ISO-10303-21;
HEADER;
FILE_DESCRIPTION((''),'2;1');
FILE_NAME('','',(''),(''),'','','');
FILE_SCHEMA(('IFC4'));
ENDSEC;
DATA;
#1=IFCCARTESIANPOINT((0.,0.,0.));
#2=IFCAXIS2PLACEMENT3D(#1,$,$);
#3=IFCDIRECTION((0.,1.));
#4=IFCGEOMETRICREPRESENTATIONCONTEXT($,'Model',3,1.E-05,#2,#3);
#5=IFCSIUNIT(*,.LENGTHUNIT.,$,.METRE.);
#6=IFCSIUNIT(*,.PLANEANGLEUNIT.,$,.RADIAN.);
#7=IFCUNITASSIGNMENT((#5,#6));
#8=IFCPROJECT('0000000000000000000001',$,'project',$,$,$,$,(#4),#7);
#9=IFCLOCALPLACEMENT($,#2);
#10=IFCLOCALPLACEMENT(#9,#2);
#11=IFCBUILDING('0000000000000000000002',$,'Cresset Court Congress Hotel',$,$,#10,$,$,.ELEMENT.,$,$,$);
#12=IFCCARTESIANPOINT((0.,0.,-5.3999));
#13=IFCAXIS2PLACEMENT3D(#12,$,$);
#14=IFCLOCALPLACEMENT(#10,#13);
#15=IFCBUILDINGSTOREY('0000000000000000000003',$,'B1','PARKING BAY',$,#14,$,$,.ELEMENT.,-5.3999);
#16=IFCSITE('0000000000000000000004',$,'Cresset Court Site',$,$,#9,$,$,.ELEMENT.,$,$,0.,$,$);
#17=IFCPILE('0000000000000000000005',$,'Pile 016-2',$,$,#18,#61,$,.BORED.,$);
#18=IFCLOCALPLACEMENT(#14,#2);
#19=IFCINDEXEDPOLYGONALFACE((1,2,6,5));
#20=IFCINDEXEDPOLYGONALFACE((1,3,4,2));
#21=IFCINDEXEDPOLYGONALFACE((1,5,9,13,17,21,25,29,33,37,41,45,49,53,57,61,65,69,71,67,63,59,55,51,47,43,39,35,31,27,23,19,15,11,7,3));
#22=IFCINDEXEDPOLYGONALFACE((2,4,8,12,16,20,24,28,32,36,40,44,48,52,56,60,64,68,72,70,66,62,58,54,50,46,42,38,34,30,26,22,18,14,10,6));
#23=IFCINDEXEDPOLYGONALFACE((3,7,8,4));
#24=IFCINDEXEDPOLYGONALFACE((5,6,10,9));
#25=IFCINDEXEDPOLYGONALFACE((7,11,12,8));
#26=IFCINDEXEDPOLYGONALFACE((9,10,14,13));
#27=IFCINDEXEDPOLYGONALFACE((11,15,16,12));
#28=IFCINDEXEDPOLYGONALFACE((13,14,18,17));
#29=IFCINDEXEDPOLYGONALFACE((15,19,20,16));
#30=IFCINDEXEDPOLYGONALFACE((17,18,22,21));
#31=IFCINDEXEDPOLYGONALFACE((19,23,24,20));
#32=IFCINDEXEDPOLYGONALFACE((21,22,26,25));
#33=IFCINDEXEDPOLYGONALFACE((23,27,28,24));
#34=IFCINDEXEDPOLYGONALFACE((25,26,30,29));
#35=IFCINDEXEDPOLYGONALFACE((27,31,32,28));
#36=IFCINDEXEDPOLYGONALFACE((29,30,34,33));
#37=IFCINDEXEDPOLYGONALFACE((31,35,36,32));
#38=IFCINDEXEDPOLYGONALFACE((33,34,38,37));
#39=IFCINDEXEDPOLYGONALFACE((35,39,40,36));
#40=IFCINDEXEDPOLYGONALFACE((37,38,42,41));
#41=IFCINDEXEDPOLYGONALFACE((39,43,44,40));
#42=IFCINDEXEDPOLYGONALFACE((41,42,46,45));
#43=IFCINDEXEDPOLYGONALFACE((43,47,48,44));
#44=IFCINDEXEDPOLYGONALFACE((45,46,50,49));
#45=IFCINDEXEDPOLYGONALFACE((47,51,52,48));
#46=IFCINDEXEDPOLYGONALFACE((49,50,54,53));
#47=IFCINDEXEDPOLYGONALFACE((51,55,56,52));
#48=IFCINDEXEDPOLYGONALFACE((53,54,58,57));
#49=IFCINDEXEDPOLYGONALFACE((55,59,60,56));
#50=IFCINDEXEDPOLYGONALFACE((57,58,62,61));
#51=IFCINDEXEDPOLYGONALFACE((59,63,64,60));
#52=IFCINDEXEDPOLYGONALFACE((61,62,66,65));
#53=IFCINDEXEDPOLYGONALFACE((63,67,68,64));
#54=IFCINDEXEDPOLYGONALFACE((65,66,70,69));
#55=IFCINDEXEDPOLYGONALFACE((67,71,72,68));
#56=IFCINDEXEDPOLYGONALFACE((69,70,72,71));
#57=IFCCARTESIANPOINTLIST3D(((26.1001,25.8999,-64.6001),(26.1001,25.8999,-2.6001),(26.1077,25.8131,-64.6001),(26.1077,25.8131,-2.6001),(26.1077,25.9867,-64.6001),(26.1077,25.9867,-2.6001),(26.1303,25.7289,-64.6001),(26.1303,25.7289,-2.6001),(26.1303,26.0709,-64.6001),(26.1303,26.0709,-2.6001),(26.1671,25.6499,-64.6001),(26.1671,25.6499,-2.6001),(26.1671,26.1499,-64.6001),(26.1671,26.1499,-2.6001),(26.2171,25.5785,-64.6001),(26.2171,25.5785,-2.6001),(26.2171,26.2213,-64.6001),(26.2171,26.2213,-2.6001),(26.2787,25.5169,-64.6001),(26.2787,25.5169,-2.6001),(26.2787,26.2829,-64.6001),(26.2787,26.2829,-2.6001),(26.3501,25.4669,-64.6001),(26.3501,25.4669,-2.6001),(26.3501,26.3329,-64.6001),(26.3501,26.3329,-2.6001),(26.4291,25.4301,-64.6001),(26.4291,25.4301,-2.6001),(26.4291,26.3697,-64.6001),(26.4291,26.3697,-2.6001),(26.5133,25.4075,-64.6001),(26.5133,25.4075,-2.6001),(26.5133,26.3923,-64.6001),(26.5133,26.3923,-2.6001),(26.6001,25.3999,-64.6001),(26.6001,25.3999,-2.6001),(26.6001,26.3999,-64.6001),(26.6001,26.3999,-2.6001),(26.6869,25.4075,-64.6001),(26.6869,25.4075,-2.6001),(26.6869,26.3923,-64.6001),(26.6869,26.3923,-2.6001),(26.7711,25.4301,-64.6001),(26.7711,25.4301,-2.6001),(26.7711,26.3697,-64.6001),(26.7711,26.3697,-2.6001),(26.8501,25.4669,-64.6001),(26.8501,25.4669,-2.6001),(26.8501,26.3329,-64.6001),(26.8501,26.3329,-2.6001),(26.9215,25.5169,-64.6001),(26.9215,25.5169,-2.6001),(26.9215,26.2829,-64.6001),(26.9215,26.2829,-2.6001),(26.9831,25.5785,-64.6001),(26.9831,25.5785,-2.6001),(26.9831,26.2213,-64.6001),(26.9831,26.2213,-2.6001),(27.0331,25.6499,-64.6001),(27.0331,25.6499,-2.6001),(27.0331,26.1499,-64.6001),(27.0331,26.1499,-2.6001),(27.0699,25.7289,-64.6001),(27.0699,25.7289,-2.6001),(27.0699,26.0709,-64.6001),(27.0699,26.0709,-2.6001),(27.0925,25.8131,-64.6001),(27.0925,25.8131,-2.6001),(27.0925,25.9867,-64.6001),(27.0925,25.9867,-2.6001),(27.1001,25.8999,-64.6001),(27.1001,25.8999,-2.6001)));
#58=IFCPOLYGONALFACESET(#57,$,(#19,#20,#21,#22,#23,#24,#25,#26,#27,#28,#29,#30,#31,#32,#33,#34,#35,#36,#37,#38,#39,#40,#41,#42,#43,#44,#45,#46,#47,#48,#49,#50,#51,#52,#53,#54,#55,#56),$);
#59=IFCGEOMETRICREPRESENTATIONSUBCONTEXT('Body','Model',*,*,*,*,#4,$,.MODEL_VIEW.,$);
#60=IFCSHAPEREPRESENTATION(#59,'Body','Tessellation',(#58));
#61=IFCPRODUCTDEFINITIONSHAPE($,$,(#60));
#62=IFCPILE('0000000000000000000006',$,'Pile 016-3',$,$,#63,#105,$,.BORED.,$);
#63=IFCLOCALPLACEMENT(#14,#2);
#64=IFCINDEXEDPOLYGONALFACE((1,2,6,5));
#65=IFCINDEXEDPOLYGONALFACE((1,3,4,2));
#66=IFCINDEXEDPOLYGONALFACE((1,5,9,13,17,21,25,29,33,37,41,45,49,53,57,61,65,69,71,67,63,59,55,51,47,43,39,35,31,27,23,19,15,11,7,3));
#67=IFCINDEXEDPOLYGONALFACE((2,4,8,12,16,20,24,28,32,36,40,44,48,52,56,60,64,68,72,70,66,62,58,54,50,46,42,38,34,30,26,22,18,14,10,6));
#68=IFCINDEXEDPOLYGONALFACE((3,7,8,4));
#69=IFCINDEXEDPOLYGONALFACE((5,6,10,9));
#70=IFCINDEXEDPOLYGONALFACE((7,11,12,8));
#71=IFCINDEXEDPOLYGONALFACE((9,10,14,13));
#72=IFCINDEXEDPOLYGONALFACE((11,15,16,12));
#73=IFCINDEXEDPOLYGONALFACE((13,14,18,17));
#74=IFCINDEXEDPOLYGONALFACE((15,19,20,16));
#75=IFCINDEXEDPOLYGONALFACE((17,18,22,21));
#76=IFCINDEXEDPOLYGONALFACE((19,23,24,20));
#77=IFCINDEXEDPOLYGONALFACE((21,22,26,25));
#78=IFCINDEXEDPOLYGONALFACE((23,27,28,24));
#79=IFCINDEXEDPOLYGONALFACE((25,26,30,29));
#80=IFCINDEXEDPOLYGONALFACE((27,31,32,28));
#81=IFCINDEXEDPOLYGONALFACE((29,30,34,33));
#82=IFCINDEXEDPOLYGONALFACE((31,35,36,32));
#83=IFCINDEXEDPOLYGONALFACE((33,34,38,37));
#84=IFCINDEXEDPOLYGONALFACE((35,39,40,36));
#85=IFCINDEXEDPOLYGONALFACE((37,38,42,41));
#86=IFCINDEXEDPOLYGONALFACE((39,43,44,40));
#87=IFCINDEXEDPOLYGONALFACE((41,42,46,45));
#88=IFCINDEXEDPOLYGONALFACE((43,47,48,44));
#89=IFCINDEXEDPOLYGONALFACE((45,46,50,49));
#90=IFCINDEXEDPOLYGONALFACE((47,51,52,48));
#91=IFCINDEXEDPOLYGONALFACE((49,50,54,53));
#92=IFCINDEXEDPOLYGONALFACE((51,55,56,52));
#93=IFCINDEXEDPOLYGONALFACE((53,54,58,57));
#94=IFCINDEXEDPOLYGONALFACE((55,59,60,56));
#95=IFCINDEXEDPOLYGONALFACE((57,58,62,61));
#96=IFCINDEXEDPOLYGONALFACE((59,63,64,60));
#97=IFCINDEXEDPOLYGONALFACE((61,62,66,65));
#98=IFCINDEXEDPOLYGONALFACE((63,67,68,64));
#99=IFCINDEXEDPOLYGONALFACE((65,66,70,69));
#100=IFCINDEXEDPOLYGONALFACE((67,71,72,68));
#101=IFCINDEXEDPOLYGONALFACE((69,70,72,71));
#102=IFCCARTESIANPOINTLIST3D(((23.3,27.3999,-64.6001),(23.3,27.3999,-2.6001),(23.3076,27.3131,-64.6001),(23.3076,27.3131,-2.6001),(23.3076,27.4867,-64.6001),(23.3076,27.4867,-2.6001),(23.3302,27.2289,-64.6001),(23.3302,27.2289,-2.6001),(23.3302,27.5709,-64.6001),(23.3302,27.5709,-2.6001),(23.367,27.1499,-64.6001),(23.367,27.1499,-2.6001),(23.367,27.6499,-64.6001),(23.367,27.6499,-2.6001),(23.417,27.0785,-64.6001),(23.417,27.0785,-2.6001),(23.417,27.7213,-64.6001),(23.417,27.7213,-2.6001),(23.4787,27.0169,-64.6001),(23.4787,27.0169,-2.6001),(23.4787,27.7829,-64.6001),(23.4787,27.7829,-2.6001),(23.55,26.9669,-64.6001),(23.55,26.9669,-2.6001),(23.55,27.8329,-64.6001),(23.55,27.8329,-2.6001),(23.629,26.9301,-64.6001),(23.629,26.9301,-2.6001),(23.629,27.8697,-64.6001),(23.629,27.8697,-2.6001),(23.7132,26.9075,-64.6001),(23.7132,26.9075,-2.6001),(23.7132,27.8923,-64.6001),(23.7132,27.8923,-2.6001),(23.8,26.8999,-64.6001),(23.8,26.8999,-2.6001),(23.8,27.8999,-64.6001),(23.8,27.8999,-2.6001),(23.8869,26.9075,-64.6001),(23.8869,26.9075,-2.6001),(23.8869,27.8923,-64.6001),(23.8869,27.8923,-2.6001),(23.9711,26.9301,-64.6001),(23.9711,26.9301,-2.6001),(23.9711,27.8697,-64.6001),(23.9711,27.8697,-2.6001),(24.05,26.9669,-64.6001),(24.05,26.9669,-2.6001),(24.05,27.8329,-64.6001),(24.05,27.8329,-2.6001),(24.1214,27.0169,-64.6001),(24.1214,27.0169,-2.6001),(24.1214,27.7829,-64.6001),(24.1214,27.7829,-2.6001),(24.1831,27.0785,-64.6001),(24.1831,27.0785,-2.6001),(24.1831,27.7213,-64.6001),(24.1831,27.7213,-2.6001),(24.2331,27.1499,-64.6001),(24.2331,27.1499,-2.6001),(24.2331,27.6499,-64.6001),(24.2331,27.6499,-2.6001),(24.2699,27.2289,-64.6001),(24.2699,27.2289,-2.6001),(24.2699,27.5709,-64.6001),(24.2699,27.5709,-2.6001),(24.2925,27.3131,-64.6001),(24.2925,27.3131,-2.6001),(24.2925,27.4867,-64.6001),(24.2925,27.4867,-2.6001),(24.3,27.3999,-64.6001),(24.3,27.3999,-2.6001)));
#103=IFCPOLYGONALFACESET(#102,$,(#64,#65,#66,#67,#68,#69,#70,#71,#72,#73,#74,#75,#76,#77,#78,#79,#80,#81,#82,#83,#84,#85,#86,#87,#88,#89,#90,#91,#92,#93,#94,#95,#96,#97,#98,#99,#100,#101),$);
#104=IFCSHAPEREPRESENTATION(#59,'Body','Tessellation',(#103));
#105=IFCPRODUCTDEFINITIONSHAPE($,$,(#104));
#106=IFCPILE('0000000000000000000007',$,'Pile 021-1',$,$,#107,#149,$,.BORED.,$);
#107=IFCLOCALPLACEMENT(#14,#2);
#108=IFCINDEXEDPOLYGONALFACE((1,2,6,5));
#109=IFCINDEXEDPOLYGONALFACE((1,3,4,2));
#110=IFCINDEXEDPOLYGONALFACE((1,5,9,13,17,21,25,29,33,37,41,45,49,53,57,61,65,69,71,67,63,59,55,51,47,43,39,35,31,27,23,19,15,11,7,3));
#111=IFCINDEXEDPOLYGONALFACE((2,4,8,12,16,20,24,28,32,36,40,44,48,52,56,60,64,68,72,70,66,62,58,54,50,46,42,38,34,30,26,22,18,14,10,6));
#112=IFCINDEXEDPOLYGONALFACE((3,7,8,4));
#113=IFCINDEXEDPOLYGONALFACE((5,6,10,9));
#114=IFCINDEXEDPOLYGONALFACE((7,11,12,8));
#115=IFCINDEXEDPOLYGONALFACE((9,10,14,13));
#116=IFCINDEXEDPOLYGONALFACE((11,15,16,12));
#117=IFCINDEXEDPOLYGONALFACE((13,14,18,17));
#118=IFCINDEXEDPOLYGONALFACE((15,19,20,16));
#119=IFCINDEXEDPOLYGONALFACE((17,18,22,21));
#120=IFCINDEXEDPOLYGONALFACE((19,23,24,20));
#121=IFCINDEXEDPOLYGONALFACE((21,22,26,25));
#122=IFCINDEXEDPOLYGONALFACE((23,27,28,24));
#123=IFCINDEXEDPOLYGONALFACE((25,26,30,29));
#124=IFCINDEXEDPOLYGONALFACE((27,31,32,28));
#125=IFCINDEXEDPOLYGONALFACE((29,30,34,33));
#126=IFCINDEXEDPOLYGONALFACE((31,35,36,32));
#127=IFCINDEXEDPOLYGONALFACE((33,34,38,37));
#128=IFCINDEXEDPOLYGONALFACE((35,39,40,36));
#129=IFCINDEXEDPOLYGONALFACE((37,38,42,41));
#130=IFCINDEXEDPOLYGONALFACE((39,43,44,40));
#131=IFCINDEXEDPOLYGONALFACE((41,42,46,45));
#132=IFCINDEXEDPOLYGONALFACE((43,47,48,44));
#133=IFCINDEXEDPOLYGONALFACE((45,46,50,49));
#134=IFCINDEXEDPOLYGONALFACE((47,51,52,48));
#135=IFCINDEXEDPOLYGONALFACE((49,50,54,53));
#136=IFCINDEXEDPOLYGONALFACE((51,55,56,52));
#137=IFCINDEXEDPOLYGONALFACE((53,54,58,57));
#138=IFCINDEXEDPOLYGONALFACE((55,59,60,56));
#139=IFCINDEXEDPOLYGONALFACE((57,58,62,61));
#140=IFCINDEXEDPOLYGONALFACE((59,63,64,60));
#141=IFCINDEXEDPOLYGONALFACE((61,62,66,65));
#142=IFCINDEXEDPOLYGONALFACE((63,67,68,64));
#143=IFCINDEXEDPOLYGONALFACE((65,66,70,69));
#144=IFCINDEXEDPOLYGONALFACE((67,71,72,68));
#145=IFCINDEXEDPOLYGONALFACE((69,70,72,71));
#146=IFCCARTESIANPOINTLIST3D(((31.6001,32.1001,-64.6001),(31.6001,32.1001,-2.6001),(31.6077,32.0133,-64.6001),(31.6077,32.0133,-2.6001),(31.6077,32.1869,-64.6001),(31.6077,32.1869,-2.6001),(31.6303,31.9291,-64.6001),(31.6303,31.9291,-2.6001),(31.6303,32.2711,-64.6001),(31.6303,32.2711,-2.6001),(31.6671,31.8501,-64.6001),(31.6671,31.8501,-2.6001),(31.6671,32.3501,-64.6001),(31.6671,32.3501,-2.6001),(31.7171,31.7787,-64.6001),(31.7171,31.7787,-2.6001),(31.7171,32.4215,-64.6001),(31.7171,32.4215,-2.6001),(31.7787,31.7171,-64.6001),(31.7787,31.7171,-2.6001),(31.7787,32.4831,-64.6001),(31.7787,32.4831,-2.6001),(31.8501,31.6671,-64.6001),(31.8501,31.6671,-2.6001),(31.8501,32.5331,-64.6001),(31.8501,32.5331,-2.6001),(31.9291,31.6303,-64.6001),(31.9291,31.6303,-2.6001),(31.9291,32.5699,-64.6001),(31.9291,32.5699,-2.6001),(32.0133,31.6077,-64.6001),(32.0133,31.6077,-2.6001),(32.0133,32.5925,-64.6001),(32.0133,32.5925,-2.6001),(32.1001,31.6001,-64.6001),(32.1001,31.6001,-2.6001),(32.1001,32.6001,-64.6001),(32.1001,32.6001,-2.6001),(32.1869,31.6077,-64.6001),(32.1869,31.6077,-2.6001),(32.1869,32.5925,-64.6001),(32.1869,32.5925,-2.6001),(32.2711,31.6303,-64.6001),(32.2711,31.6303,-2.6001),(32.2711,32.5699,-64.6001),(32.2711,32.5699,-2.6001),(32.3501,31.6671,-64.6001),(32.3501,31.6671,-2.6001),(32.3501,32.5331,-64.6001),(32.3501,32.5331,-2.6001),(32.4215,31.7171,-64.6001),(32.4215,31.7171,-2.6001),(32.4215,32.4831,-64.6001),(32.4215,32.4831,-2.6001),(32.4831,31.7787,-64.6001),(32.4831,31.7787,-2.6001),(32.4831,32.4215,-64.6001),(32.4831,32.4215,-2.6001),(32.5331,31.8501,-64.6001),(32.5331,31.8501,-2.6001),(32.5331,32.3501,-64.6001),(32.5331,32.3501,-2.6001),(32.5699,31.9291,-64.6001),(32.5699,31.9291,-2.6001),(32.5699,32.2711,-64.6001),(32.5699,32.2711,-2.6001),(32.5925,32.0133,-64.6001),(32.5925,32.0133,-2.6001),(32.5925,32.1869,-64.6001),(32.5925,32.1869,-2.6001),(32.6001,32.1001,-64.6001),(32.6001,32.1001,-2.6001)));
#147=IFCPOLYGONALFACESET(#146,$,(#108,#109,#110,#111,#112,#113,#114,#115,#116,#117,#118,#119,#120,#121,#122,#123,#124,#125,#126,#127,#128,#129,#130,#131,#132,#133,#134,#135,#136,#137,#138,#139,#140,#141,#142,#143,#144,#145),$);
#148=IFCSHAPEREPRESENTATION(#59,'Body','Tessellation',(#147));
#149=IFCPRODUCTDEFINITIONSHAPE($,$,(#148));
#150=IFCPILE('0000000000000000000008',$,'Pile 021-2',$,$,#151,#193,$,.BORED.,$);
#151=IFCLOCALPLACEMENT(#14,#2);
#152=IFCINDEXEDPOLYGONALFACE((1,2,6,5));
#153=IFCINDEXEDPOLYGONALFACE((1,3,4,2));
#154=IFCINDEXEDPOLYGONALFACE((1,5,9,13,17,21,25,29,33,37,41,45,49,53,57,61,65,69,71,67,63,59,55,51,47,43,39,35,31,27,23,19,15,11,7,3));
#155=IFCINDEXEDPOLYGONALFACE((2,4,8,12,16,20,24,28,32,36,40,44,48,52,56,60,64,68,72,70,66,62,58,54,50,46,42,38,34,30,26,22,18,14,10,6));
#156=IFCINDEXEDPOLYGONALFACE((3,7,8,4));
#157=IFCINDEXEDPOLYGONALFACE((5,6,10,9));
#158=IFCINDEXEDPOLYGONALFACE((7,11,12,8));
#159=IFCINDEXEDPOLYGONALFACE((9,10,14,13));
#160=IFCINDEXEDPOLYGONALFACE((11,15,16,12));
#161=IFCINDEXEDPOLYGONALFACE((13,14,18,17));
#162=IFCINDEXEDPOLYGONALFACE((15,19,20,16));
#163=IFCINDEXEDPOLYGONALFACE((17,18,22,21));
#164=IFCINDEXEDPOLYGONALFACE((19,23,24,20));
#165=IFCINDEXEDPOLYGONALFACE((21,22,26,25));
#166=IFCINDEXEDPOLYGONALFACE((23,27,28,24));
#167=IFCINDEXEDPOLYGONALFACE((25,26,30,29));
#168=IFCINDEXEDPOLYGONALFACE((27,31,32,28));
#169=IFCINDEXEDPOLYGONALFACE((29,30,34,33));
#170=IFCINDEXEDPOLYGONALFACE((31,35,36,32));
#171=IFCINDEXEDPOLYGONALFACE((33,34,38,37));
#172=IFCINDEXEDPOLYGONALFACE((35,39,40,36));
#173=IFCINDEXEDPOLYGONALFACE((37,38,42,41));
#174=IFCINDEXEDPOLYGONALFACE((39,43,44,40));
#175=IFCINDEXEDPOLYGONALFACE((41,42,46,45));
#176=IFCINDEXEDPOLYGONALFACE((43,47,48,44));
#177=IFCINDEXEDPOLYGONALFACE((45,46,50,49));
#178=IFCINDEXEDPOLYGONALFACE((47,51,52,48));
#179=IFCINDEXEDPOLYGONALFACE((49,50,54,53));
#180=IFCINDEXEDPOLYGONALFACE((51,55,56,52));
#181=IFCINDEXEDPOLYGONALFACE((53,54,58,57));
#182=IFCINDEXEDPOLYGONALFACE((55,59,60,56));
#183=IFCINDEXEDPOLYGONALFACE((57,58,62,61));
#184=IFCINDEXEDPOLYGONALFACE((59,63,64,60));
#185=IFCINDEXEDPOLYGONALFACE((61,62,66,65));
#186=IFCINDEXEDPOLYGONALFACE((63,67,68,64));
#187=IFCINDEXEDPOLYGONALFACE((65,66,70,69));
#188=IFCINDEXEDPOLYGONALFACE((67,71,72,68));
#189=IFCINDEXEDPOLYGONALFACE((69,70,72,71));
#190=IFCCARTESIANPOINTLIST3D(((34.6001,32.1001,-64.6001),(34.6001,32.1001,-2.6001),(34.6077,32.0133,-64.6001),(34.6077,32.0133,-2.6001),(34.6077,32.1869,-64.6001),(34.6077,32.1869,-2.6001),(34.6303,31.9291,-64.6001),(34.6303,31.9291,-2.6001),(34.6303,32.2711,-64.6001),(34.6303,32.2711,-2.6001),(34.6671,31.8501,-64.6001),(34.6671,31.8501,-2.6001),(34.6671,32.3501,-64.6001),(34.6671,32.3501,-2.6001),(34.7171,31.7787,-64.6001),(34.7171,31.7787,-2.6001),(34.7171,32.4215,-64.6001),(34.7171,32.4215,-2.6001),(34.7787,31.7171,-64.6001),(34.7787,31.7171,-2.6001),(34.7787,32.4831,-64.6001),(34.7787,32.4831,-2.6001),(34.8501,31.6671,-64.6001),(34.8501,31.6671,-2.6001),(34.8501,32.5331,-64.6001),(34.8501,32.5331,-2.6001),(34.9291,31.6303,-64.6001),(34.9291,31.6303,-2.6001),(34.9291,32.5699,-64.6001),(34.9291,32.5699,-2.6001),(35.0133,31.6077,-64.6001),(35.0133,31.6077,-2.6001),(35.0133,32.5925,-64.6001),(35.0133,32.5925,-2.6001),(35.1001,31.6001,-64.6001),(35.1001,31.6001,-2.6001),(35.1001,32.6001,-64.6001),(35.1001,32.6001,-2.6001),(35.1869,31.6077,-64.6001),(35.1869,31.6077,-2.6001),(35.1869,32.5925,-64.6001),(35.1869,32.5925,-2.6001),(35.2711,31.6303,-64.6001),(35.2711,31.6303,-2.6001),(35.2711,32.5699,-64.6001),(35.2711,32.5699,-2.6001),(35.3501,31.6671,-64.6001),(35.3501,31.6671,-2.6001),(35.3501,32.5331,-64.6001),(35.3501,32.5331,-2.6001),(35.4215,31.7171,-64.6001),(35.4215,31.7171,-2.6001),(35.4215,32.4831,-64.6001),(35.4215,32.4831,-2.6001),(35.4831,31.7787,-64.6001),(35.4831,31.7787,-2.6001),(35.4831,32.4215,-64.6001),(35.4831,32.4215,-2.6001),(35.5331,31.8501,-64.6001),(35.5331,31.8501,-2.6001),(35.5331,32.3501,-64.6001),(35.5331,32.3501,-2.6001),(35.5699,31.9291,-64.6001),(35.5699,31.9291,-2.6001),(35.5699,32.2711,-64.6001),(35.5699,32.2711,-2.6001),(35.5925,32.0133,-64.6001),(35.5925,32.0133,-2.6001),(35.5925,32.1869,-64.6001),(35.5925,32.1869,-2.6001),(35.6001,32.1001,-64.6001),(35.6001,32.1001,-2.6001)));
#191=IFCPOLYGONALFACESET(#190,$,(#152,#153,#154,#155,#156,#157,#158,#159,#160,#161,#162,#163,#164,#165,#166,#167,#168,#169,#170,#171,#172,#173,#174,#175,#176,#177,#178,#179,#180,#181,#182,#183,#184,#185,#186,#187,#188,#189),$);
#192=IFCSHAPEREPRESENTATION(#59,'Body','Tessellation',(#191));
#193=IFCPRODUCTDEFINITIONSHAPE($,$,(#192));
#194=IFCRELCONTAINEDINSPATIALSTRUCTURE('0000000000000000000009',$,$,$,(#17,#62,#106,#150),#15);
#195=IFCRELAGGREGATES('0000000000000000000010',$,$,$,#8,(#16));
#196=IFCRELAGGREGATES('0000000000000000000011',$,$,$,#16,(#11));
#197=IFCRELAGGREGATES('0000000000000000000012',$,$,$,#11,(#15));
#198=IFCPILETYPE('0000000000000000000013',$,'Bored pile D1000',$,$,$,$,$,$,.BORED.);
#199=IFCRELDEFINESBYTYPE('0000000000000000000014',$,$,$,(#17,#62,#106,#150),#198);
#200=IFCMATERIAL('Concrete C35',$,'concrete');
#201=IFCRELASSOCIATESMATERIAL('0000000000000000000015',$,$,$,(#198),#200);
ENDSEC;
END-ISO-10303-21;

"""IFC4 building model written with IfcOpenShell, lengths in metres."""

from ifc_helpers import new_model, si_unit, direction, frame, origin, origin_2d, place, context, subcontext, project, spatial, circle, extrude, material, type_object, element, save


model = new_model("IFC4")

# Units and contexts
model_context = context("Model", 3, precision=1e-05, world=origin(), true_north=direction((0.0, 1.0)))
body_context = subcontext(model_context, "Body", "Model", "MODEL_VIEW")
ifc_project = project(units=[si_unit("LENGTHUNIT", "METRE"), si_unit("PLANEANGLEUNIT", "RADIAN")], contexts=[model_context])

# Site, building, storey
site_placement = place(None, origin())
site = spatial("IfcSite", under=ifc_project, at=site_placement, Name="Cresset Court Site", CompositionType="ELEMENT", RefElevation=0.0)
building_placement = place(site_placement, origin())
building = spatial("IfcBuilding", under=site, at=building_placement, Name="Cresset Court Congress Hotel", CompositionType="ELEMENT")
storey_placement = place(building_placement, frame((0.0, 0.0, -5.3999)))
storey = spatial("IfcBuildingStorey", under=building, at=storey_placement, Name="B1", Description="PARKING BAY", CompositionType="ELEMENT", Elevation=-5.3999)

# Piles
ifc_material_1 = material(Name="Concrete C35", Category="concrete")
pile_type = type_object("IfcPileType", Name="Bored pile D1000", PredefinedType="BORED", material=ifc_material_1)
for number, where, z_axis, x_axis, name in (
    (1, (26.6001, 25.8999, -2.6001), (0.0, 0.0, -1.0), (1.0, 0.0, 0.0), "Pile 016-2"),
    (2, (23.8, 27.3999, -2.6001), (0.0, 0.0, -1.0), (1.0, 0.0, 0.0), "Pile 016-3"),
    (3, (32.1001, 32.1001, -2.6001), (0.0, 0.0, -1.0), (1.0, 0.0, 0.0), "Pile 021-1"),
    (4, (35.1001, 32.1001, -2.6001), (0.0, 0.0, -1.0), (1.0, 0.0, 0.0), "Pile 021-2"),
):
    element("IfcPile", number, at=place(storey_placement, frame(where, z_axis=z_axis, x_axis=x_axis)), inside=storey, type_object=pile_type, Name=name, PredefinedType="BORED", context=body_context, shape_type="SweptSolid", body=[
        extrude(circle(Radius=0.5, at=origin_2d()), origin(), (0.0, 0.0, 1.0), 62.0),
    ])

save(model, "model.ifc")
